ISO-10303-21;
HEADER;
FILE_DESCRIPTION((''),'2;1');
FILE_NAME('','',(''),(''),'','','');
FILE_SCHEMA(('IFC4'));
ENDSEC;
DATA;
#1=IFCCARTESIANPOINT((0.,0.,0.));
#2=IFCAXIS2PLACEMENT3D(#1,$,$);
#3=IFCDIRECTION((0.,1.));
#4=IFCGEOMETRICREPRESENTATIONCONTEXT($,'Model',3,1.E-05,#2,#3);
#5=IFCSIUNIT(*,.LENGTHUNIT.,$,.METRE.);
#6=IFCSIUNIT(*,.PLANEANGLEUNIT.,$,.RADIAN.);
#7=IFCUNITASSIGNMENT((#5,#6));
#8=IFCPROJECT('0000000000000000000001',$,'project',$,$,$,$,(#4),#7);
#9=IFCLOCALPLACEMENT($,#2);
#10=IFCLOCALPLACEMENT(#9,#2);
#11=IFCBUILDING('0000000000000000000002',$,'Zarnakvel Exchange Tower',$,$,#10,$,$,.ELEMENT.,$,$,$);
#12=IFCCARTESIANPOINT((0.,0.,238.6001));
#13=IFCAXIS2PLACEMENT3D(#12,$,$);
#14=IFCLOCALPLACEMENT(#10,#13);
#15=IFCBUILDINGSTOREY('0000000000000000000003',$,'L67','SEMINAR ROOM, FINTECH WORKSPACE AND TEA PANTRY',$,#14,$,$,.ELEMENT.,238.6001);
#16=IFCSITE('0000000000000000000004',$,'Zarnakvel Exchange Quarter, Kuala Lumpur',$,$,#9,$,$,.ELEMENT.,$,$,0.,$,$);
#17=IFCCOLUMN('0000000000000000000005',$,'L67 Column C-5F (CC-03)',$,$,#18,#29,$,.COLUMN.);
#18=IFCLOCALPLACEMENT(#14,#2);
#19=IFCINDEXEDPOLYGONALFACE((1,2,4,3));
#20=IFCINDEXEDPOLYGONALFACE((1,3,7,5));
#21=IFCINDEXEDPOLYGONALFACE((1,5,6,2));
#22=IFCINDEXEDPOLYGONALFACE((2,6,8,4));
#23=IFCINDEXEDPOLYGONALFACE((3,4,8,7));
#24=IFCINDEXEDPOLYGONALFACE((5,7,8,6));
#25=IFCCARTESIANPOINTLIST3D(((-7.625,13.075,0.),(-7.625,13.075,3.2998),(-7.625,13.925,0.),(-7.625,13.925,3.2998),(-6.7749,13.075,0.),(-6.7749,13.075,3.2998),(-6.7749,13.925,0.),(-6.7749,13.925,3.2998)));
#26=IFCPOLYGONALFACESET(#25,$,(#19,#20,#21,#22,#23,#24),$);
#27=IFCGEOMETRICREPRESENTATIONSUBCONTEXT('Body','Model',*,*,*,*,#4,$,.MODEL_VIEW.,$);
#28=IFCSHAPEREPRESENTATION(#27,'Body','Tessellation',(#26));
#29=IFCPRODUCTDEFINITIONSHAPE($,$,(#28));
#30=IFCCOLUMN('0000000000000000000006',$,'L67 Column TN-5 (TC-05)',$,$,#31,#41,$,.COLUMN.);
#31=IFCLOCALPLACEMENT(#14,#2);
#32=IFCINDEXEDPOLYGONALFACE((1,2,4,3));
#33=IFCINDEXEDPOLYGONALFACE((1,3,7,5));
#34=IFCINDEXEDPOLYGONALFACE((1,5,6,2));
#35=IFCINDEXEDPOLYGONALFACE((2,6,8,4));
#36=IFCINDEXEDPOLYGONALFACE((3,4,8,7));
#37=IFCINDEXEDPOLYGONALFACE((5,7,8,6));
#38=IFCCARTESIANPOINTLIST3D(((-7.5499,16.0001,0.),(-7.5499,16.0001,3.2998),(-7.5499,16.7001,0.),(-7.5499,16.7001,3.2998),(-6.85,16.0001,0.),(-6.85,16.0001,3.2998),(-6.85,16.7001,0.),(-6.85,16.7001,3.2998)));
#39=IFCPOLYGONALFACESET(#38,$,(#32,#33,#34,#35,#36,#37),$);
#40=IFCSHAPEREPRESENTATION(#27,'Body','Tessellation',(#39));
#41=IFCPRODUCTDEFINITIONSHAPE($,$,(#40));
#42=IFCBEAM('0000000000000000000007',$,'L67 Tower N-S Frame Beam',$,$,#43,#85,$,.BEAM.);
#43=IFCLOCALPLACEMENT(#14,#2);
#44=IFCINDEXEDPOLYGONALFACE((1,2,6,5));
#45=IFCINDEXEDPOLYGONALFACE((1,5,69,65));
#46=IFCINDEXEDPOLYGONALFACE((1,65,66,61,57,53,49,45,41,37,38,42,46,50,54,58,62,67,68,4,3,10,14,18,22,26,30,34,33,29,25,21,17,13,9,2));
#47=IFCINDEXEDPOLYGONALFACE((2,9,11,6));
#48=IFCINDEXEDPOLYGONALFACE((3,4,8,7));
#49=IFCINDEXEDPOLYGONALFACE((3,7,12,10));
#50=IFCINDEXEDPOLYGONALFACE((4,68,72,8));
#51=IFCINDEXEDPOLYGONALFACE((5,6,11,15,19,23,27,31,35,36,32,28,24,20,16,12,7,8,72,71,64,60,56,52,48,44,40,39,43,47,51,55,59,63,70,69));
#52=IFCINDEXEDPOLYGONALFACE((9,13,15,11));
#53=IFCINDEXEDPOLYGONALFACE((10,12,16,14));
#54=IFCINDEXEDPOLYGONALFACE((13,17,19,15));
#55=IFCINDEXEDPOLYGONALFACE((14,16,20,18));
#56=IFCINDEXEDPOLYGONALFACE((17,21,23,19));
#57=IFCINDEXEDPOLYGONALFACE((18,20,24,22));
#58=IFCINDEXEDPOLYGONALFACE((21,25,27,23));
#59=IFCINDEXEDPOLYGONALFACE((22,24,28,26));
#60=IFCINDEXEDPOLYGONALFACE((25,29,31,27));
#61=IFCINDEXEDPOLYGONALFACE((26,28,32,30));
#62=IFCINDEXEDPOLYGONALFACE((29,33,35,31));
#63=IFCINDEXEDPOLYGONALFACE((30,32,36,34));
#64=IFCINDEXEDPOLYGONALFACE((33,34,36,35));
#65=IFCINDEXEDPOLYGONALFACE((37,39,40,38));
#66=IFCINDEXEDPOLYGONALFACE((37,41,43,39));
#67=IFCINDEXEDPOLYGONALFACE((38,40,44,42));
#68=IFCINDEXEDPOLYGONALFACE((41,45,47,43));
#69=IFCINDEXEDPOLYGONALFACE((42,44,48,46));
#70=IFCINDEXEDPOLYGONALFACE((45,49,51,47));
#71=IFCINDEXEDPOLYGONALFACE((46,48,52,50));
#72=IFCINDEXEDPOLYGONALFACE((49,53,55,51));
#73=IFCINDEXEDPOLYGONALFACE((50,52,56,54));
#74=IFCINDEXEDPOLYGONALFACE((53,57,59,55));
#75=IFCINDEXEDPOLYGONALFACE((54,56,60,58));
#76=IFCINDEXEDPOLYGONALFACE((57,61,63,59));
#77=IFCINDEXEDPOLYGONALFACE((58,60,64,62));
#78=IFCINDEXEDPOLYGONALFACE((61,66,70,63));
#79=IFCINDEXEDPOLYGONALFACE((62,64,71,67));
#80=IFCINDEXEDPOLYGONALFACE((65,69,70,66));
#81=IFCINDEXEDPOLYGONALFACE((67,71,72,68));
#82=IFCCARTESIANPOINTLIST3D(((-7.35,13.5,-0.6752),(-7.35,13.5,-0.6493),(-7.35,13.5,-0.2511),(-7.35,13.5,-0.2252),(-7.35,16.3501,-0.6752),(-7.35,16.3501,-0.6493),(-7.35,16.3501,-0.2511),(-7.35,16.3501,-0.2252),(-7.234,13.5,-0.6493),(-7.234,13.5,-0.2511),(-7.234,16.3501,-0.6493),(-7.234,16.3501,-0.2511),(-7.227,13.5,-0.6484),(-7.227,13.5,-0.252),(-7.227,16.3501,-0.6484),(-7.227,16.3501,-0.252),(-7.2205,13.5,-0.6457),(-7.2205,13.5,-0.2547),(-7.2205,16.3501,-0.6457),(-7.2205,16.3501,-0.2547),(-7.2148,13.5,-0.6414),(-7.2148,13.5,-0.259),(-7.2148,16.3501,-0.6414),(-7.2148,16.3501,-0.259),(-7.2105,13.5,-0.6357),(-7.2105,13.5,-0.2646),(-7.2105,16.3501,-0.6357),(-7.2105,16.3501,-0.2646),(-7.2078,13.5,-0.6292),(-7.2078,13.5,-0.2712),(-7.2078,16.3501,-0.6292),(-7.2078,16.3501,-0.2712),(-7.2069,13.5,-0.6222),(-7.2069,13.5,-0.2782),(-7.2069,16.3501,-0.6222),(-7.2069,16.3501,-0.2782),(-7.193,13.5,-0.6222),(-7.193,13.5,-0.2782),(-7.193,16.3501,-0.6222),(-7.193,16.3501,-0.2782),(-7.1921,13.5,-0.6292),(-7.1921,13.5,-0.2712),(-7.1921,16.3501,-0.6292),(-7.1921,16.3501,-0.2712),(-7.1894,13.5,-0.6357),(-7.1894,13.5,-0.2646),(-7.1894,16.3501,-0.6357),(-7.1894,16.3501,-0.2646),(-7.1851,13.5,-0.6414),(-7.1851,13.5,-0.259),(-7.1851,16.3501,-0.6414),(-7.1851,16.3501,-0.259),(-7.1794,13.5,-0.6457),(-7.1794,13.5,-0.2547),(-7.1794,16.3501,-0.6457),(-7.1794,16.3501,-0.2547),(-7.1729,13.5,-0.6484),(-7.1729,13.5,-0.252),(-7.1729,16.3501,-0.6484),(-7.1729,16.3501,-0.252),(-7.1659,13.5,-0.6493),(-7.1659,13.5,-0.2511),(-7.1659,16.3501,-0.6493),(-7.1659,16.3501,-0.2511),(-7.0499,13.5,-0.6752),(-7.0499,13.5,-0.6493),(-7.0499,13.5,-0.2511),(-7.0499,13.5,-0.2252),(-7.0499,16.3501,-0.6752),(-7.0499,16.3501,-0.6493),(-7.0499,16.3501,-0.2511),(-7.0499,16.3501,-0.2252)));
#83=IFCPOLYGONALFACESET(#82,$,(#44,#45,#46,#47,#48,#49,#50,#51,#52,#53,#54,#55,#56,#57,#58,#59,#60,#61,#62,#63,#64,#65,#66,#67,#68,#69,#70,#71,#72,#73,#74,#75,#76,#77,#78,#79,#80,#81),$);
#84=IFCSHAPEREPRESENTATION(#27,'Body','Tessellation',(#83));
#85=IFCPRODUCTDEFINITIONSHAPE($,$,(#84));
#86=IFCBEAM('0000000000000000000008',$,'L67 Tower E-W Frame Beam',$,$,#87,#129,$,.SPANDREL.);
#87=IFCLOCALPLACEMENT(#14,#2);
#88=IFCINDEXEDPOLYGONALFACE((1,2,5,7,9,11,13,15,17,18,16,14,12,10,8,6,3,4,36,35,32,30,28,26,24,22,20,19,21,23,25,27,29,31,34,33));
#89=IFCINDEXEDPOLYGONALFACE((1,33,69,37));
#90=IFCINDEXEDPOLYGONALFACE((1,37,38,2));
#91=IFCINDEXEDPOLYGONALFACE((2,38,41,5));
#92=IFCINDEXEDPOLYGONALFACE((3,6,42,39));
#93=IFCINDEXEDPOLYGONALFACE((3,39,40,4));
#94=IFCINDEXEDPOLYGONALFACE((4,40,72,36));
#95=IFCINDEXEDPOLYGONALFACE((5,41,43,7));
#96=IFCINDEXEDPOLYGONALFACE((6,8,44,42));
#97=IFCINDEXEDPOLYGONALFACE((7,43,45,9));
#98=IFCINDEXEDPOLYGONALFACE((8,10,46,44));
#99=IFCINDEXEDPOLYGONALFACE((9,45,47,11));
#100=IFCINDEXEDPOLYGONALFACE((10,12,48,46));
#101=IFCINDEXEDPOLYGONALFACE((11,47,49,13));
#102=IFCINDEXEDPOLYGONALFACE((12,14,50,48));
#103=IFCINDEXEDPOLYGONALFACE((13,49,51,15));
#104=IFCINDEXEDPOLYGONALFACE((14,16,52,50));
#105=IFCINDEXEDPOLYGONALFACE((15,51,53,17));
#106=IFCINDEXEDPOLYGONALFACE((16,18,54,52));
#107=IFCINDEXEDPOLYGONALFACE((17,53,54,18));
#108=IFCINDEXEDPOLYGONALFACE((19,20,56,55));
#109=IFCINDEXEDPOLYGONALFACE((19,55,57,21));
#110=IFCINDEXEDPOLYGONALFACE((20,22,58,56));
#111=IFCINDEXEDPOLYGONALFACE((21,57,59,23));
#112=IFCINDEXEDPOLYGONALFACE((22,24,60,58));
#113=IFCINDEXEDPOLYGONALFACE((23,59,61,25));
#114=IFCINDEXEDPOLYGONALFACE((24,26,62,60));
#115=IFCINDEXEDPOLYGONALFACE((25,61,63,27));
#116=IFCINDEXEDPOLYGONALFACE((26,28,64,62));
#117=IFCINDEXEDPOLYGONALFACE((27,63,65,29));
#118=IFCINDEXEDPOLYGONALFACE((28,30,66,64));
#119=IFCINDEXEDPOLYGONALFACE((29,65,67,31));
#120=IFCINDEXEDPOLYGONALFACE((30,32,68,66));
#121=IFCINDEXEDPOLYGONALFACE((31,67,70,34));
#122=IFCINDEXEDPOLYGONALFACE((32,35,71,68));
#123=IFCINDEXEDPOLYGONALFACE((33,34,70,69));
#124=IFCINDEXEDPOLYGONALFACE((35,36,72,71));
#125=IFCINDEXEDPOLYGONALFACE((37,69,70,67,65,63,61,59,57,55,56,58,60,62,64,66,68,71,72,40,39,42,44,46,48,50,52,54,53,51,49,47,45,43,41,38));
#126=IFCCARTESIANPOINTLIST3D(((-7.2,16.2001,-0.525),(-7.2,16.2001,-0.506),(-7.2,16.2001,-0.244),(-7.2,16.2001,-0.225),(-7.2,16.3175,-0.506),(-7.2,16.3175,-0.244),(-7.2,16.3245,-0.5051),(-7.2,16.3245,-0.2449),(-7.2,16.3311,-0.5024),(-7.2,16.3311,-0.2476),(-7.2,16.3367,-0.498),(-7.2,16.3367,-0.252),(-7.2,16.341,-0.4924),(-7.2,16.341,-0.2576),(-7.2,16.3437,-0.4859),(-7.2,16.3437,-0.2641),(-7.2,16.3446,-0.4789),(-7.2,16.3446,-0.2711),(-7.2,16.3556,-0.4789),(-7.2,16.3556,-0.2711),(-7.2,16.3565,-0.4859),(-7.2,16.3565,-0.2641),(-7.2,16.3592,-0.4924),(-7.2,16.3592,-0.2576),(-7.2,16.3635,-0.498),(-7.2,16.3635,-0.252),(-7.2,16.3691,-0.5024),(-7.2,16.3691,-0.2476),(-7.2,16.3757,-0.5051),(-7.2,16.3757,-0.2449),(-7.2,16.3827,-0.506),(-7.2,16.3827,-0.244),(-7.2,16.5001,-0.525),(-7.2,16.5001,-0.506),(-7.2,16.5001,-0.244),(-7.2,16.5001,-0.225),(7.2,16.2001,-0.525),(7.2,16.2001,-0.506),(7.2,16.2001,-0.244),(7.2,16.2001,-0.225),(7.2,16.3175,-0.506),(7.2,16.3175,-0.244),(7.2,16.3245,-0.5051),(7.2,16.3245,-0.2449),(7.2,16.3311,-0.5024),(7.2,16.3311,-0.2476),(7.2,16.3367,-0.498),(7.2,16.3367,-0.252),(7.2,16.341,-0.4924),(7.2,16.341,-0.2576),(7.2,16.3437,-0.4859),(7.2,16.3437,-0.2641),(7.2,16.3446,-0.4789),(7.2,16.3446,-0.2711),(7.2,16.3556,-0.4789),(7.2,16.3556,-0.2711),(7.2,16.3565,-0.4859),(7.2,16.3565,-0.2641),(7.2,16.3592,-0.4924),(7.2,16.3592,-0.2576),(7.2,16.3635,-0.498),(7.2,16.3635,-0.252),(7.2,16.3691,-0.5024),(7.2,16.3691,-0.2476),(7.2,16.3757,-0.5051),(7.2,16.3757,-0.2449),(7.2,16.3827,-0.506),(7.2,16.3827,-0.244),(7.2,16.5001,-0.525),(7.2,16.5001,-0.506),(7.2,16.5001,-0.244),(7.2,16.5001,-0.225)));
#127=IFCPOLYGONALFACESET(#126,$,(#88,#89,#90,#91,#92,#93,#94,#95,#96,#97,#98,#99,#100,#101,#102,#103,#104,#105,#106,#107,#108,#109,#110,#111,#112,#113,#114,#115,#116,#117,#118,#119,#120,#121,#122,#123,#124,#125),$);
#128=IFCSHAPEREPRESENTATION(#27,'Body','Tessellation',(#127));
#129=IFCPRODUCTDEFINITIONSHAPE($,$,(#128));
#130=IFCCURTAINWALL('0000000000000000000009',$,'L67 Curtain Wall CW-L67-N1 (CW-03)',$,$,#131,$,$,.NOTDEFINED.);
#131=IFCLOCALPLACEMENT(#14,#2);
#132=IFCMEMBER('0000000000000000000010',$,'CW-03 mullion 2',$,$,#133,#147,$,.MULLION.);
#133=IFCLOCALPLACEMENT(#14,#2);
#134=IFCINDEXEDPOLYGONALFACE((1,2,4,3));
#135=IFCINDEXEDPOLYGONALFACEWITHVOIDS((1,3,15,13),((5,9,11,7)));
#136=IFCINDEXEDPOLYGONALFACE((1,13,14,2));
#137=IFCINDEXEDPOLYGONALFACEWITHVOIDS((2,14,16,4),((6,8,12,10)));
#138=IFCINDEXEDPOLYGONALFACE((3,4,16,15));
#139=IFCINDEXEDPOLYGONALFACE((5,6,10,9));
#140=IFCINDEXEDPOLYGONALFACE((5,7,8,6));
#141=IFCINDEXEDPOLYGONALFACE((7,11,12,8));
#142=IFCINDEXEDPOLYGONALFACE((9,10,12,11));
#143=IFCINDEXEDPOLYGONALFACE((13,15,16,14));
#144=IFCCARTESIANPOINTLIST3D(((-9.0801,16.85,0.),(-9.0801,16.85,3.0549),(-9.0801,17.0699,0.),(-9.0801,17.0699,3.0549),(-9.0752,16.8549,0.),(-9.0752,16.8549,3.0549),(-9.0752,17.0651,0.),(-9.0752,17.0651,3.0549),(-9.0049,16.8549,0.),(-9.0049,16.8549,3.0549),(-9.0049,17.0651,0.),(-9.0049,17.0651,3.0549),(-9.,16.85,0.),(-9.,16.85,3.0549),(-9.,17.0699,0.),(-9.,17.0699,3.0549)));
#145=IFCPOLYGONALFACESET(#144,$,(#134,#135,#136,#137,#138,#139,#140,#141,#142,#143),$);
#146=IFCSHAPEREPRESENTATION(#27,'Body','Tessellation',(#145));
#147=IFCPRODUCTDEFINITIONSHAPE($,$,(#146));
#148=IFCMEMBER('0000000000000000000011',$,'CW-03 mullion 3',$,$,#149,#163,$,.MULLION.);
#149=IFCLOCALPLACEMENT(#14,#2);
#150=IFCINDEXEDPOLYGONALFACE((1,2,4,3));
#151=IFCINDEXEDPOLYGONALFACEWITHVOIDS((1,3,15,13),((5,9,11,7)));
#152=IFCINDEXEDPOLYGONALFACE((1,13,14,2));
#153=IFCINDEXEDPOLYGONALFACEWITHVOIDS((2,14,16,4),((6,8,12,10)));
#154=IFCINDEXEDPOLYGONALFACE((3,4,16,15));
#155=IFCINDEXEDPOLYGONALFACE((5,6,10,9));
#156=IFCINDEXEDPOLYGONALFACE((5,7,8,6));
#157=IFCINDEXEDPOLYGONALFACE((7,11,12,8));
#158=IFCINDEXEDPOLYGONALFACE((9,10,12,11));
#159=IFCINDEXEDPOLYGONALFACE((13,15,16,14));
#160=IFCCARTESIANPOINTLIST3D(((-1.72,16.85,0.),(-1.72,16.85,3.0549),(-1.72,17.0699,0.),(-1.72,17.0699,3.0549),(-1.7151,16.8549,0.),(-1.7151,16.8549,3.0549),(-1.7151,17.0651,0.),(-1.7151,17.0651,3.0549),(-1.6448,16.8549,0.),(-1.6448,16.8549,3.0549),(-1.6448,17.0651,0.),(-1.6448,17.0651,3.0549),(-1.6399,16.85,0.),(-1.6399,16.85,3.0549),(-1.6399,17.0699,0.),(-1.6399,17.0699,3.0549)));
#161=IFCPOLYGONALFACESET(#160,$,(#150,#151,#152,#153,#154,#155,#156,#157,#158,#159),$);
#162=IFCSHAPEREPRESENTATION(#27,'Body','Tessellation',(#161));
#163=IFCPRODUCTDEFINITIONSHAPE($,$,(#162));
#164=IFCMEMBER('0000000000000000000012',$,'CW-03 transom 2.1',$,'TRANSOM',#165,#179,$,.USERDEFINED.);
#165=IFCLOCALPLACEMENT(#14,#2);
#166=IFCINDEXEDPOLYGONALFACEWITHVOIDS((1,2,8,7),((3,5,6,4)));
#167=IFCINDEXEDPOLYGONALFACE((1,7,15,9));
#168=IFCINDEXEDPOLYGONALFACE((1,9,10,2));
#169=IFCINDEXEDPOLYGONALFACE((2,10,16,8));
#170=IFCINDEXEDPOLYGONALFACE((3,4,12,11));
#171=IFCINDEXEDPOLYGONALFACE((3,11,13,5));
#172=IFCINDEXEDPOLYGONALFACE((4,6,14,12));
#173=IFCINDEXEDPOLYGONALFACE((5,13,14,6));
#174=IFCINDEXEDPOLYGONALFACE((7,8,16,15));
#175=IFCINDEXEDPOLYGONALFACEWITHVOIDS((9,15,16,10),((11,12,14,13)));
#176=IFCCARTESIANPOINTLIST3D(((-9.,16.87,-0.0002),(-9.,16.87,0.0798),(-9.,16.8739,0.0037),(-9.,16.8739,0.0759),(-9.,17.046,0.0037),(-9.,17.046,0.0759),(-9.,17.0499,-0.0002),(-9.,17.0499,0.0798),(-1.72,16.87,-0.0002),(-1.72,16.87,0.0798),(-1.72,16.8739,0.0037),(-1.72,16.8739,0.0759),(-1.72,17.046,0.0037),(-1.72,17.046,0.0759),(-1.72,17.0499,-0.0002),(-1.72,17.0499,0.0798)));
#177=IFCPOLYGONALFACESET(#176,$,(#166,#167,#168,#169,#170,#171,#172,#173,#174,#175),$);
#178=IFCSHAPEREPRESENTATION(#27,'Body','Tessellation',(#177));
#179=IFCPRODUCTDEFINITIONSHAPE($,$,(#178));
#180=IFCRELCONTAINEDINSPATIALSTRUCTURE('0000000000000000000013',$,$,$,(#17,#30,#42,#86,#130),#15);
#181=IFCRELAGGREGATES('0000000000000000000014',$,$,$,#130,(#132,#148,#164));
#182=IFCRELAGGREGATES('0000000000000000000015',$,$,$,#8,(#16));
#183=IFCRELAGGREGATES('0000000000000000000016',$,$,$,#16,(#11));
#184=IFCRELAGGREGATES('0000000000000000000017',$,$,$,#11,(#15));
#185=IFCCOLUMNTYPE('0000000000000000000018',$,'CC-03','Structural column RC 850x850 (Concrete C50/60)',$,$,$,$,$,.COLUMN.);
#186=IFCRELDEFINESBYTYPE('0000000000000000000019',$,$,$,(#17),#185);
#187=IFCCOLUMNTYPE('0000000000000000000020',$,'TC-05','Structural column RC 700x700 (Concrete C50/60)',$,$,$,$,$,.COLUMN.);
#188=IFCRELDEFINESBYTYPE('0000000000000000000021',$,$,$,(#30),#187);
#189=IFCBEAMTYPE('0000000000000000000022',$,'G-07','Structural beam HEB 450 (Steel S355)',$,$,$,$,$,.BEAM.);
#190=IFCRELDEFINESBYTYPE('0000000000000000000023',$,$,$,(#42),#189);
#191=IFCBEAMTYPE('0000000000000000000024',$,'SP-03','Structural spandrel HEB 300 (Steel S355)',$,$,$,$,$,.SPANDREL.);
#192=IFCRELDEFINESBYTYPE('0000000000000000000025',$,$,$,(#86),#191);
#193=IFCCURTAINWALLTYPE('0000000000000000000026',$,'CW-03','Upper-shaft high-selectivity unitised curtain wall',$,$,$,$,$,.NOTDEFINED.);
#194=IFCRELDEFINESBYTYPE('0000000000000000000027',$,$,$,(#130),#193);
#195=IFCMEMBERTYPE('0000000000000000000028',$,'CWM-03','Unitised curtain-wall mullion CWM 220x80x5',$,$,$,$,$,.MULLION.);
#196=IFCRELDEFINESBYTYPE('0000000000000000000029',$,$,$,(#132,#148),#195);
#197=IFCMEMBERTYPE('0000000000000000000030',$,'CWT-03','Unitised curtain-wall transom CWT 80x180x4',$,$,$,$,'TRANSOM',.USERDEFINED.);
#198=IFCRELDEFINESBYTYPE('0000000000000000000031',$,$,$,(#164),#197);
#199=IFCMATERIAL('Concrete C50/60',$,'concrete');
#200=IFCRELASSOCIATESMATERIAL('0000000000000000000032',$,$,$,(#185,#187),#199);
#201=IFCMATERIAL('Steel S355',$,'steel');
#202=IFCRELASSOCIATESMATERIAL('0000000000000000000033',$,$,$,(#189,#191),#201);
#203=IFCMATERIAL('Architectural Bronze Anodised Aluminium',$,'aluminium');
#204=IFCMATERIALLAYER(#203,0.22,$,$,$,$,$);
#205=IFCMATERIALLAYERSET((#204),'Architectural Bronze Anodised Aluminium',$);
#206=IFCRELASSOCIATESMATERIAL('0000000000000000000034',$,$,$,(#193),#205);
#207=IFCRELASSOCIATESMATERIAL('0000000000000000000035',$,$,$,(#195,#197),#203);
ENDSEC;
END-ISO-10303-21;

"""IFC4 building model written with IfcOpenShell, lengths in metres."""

from ifc_helpers import new_model, si_unit, direction, frame, origin, origin_2d, place, context, subcontext, project, spatial, rectangle, hollow_rectangle, i_section, extrude, source, transform, mapped, material, layer, layer_set, material_profile, profile_set, type_object, element, aggregate, save


model = new_model("IFC4")

# Units and contexts
model_context = context("Model", 3, precision=1e-05, world=origin(), true_north=direction((0.0, 1.0)))
body_context = subcontext(model_context, "Body", "Model", "MODEL_VIEW")
ifc_project = project(units=[si_unit("LENGTHUNIT", "METRE"), si_unit("PLANEANGLEUNIT", "RADIAN")], contexts=[model_context])

# Site, building, storey
site_placement = place(None, origin())
site = spatial("IfcSite", under=ifc_project, at=site_placement, Name="Zarnakvel Exchange Quarter, Kuala Lumpur", CompositionType="ELEMENT", RefElevation=0.0)
building_placement = place(site_placement, origin())
building = spatial("IfcBuilding", under=site, at=building_placement, Name="Zarnakvel Exchange Tower", CompositionType="ELEMENT")
storey_placement = place(building_placement, frame((0.0, 0.0, 238.6001)))
storey = spatial("IfcBuildingStorey", under=building, at=storey_placement, Name="L67", Description="SEMINAR ROOM, FINTECH WORKSPACE AND TEA PANTRY", CompositionType="ELEMENT", Elevation=238.6001)

# Columns
ifc_material_1 = material(Name="Concrete C50/60", Category="concrete")
ifc_material_profile_1 = material_profile(ifc_material_1, rectangle(XDim=0.8501, YDim=0.8501, at=origin_2d()))
ifc_profile_set_1 = profile_set([ifc_material_profile_1], Name="Concrete C50/60")
column_type_1 = type_object("IfcColumnType", Name="CC-03", Description="Structural column RC 850x850 (Concrete C50/60)", PredefinedType="COLUMN", material=ifc_profile_set_1)
column_1_placement = place(storey_placement, frame((-7.2, 13.5, 0.0), z_axis=(0.0, 0.0, 1.0), x_axis=(1.0, 0.0, 0.0)))
element("IfcColumn", 1, at=column_1_placement, inside=storey, type_object=column_type_1, Name="L67 Column C-5F (CC-03)", PredefinedType="COLUMN", context=body_context, shape_type="SweptSolid", body=[
    extrude(rectangle(XDim=0.8501, YDim=0.8501, at=origin_2d()), origin(), (0.0, 0.0, 1.0), 3.2998),
])
ifc_material_profile_2 = material_profile(ifc_material_1, rectangle(XDim=0.7, YDim=0.7, at=origin_2d()))
ifc_profile_set_2 = profile_set([ifc_material_profile_2], Name="Concrete C50/60")
column_type_2 = type_object("IfcColumnType", Name="TC-05", Description="Structural column RC 700x700 (Concrete C50/60)", PredefinedType="COLUMN", material=ifc_profile_set_2)
column_2_placement = place(storey_placement, frame((-7.2, 16.3501, 0.0), z_axis=(0.0, 0.0, 1.0), x_axis=(1.0, 0.0, 0.0)))
element("IfcColumn", 2, at=column_2_placement, inside=storey, type_object=column_type_2, Name="L67 Column TN-5 (TC-05)", PredefinedType="COLUMN", context=body_context, shape_type="SweptSolid", body=[
    extrude(rectangle(XDim=0.7, YDim=0.7, at=origin_2d()), origin(), (0.0, 0.0, 1.0), 3.2998),
])

# Beams
ifc_material_2 = material(Name="Steel S355", Category="steel")
ifc_material_profile_3 = material_profile(ifc_material_2, i_section(OverallWidth=0.3, OverallDepth=0.45, WebThickness=0.0139, FlangeThickness=0.0259, FilletRadius=0.0271, at=origin_2d()))
ifc_profile_set_3 = profile_set([ifc_material_profile_3], Name="Steel S355")
beam_type_1 = type_object("IfcBeamType", Name="G-07", Description="Structural beam HEB 450 (Steel S355)", PredefinedType="BEAM", material=ifc_profile_set_3)
beam_1_placement = place(storey_placement, frame((-7.2, 13.5, -0.4502), z_axis=(0.0, 1.0, 0.0), x_axis=(-1.0, 0.0, 0.0)))
element("IfcBeam", 3, at=beam_1_placement, inside=storey, type_object=beam_type_1, Name="L67 Tower N-S Frame Beam", PredefinedType="BEAM", context=body_context, shape_type="SweptSolid", body=[
    extrude(i_section(OverallWidth=0.3, OverallDepth=0.45, WebThickness=0.0139, FlangeThickness=0.0259, FilletRadius=0.0271, at=origin_2d()), origin(), (0.0, 0.0, 1.0), 2.8501),
])
ifc_material_profile_4 = material_profile(ifc_material_2, i_section(OverallWidth=0.3, OverallDepth=0.3, WebThickness=0.011, FlangeThickness=0.019, FilletRadius=0.0271, at=origin_2d()))
ifc_profile_set_4 = profile_set([ifc_material_profile_4], Name="Steel S355")
beam_type_2 = type_object("IfcBeamType", Name="SP-03", Description="Structural spandrel HEB 300 (Steel S355)", PredefinedType="SPANDREL", material=ifc_profile_set_4)
beam_2_placement = place(storey_placement, frame((-7.2, 16.3501, -0.375), z_axis=(1.0, 0.0, 0.0), x_axis=(0.0, 1.0, 0.0)))
element("IfcBeam", 4, at=beam_2_placement, inside=storey, type_object=beam_type_2, Name="L67 Tower E-W Frame Beam", PredefinedType="SPANDREL", context=body_context, shape_type="SweptSolid", body=[
    extrude(i_section(OverallWidth=0.3, OverallDepth=0.3, WebThickness=0.011, FlangeThickness=0.019, FilletRadius=0.0271, at=origin_2d()), origin(), (0.0, 0.0, 1.0), 14.3999),
])

# Curtain wall, members
ifc_material_3 = material(Name="Architectural Bronze Anodised Aluminium", Category="aluminium")
ifc_layer_1 = layer(ifc_material_3, 0.22)
ifc_layer_set_1 = layer_set([ifc_layer_1], Name="Architectural Bronze Anodised Aluminium")
curtain_wall_type = type_object("IfcCurtainWallType", Name="CW-03", Description="Upper-shaft high-selectivity unitised curtain wall", PredefinedType="NOTDEFINED", material=ifc_layer_set_1)
curtain_wall_placement = place(storey_placement, origin())
curtain_wall = element("IfcCurtainWall", 5, at=curtain_wall_placement, inside=storey, type_object=curtain_wall_type, Name="L67 Curtain Wall CW-L67-N1 (CW-03)", PredefinedType="NOTDEFINED")
ifc_material_profile_5 = material_profile(ifc_material_3, hollow_rectangle(XDim=0.22, YDim=0.0801, WallThickness=0.0049, at=origin_2d()))
ifc_profile_set_5 = profile_set([ifc_material_profile_5], Name="Architectural Bronze Anodised Aluminium")
member_type_1 = type_object("IfcMemberType", Name="CWM-03", Description="Unitised curtain-wall mullion CWM 220x80x5", PredefinedType="MULLION", material=ifc_profile_set_5)
shared_shape_1 = source(origin(), body_context, "Body", "SweptSolid", [
    extrude(hollow_rectangle(XDim=0.22, YDim=0.0801, WallThickness=0.0049, at=origin_2d()), origin(), (0.0, 0.0, 1.0), 3.0549),
])
member_1_placement = place(storey_placement, frame((-9.04, 16.96, 0.0), z_axis=(0.0, 0.0, 1.0), x_axis=(0.0, 1.0, 0.0)))
member_1 = element("IfcMember", 6, at=member_1_placement, type_object=member_type_1, Name="CW-03 mullion 2", PredefinedType="MULLION", context=body_context, shape_type="MappedRepresentation", body=[
    mapped(shared_shape_1, transform((0.0, 0.0, 0.0), x_axis=(1.0, 0.0, 0.0), y_axis=(0.0, 1.0, 0.0), z_axis=(0.0, 0.0, 1.0), scale=1.0)),
])
member_2_placement = place(storey_placement, frame((-1.6799, 16.96, 0.0), z_axis=(0.0, 0.0, 1.0), x_axis=(0.0, 1.0, 0.0)))
member_2 = element("IfcMember", 7, at=member_2_placement, type_object=member_type_1, Name="CW-03 mullion 3", PredefinedType="MULLION", context=body_context, shape_type="MappedRepresentation", body=[
    mapped(shared_shape_1, transform((0.0, 0.0, 0.0), x_axis=(1.0, 0.0, 0.0), y_axis=(0.0, 1.0, 0.0), z_axis=(0.0, 0.0, 1.0), scale=1.0)),
])
ifc_material_profile_6 = material_profile(ifc_material_3, hollow_rectangle(XDim=0.1799, YDim=0.0801, WallThickness=0.0039, at=origin_2d()))
ifc_profile_set_6 = profile_set([ifc_material_profile_6], Name="Architectural Bronze Anodised Aluminium")
member_type_2 = type_object("IfcMemberType", Name="CWT-03", Description="Unitised curtain-wall transom CWT 80x180x4", ElementType="TRANSOM", PredefinedType="USERDEFINED", material=ifc_profile_set_6)
shared_shape_2 = source(origin(), body_context, "Body", "SweptSolid", [
    extrude(hollow_rectangle(XDim=0.1799, YDim=0.0801, WallThickness=0.0039, at=origin_2d()), origin(), (0.0, 0.0, 1.0), 7.28),
])
member_3_placement = place(storey_placement, frame((-9.0, 16.96, 0.0398), z_axis=(1.0, 0.0, 0.0), x_axis=(0.0, 1.0, 0.0)))
member_3 = element("IfcMember", 8, at=member_3_placement, type_object=member_type_2, Name="CW-03 transom 2.1", ObjectType="TRANSOM", PredefinedType="USERDEFINED", context=body_context, shape_type="MappedRepresentation", body=[
    mapped(shared_shape_2, transform((0.0, 0.0, 0.0), x_axis=(1.0, 0.0, 0.0), y_axis=(0.0, 1.0, 0.0), z_axis=(0.0, 0.0, 1.0), scale=1.0)),
])
aggregate(curtain_wall, [member_1, member_2, member_3])

save(model, "model.ifc")
